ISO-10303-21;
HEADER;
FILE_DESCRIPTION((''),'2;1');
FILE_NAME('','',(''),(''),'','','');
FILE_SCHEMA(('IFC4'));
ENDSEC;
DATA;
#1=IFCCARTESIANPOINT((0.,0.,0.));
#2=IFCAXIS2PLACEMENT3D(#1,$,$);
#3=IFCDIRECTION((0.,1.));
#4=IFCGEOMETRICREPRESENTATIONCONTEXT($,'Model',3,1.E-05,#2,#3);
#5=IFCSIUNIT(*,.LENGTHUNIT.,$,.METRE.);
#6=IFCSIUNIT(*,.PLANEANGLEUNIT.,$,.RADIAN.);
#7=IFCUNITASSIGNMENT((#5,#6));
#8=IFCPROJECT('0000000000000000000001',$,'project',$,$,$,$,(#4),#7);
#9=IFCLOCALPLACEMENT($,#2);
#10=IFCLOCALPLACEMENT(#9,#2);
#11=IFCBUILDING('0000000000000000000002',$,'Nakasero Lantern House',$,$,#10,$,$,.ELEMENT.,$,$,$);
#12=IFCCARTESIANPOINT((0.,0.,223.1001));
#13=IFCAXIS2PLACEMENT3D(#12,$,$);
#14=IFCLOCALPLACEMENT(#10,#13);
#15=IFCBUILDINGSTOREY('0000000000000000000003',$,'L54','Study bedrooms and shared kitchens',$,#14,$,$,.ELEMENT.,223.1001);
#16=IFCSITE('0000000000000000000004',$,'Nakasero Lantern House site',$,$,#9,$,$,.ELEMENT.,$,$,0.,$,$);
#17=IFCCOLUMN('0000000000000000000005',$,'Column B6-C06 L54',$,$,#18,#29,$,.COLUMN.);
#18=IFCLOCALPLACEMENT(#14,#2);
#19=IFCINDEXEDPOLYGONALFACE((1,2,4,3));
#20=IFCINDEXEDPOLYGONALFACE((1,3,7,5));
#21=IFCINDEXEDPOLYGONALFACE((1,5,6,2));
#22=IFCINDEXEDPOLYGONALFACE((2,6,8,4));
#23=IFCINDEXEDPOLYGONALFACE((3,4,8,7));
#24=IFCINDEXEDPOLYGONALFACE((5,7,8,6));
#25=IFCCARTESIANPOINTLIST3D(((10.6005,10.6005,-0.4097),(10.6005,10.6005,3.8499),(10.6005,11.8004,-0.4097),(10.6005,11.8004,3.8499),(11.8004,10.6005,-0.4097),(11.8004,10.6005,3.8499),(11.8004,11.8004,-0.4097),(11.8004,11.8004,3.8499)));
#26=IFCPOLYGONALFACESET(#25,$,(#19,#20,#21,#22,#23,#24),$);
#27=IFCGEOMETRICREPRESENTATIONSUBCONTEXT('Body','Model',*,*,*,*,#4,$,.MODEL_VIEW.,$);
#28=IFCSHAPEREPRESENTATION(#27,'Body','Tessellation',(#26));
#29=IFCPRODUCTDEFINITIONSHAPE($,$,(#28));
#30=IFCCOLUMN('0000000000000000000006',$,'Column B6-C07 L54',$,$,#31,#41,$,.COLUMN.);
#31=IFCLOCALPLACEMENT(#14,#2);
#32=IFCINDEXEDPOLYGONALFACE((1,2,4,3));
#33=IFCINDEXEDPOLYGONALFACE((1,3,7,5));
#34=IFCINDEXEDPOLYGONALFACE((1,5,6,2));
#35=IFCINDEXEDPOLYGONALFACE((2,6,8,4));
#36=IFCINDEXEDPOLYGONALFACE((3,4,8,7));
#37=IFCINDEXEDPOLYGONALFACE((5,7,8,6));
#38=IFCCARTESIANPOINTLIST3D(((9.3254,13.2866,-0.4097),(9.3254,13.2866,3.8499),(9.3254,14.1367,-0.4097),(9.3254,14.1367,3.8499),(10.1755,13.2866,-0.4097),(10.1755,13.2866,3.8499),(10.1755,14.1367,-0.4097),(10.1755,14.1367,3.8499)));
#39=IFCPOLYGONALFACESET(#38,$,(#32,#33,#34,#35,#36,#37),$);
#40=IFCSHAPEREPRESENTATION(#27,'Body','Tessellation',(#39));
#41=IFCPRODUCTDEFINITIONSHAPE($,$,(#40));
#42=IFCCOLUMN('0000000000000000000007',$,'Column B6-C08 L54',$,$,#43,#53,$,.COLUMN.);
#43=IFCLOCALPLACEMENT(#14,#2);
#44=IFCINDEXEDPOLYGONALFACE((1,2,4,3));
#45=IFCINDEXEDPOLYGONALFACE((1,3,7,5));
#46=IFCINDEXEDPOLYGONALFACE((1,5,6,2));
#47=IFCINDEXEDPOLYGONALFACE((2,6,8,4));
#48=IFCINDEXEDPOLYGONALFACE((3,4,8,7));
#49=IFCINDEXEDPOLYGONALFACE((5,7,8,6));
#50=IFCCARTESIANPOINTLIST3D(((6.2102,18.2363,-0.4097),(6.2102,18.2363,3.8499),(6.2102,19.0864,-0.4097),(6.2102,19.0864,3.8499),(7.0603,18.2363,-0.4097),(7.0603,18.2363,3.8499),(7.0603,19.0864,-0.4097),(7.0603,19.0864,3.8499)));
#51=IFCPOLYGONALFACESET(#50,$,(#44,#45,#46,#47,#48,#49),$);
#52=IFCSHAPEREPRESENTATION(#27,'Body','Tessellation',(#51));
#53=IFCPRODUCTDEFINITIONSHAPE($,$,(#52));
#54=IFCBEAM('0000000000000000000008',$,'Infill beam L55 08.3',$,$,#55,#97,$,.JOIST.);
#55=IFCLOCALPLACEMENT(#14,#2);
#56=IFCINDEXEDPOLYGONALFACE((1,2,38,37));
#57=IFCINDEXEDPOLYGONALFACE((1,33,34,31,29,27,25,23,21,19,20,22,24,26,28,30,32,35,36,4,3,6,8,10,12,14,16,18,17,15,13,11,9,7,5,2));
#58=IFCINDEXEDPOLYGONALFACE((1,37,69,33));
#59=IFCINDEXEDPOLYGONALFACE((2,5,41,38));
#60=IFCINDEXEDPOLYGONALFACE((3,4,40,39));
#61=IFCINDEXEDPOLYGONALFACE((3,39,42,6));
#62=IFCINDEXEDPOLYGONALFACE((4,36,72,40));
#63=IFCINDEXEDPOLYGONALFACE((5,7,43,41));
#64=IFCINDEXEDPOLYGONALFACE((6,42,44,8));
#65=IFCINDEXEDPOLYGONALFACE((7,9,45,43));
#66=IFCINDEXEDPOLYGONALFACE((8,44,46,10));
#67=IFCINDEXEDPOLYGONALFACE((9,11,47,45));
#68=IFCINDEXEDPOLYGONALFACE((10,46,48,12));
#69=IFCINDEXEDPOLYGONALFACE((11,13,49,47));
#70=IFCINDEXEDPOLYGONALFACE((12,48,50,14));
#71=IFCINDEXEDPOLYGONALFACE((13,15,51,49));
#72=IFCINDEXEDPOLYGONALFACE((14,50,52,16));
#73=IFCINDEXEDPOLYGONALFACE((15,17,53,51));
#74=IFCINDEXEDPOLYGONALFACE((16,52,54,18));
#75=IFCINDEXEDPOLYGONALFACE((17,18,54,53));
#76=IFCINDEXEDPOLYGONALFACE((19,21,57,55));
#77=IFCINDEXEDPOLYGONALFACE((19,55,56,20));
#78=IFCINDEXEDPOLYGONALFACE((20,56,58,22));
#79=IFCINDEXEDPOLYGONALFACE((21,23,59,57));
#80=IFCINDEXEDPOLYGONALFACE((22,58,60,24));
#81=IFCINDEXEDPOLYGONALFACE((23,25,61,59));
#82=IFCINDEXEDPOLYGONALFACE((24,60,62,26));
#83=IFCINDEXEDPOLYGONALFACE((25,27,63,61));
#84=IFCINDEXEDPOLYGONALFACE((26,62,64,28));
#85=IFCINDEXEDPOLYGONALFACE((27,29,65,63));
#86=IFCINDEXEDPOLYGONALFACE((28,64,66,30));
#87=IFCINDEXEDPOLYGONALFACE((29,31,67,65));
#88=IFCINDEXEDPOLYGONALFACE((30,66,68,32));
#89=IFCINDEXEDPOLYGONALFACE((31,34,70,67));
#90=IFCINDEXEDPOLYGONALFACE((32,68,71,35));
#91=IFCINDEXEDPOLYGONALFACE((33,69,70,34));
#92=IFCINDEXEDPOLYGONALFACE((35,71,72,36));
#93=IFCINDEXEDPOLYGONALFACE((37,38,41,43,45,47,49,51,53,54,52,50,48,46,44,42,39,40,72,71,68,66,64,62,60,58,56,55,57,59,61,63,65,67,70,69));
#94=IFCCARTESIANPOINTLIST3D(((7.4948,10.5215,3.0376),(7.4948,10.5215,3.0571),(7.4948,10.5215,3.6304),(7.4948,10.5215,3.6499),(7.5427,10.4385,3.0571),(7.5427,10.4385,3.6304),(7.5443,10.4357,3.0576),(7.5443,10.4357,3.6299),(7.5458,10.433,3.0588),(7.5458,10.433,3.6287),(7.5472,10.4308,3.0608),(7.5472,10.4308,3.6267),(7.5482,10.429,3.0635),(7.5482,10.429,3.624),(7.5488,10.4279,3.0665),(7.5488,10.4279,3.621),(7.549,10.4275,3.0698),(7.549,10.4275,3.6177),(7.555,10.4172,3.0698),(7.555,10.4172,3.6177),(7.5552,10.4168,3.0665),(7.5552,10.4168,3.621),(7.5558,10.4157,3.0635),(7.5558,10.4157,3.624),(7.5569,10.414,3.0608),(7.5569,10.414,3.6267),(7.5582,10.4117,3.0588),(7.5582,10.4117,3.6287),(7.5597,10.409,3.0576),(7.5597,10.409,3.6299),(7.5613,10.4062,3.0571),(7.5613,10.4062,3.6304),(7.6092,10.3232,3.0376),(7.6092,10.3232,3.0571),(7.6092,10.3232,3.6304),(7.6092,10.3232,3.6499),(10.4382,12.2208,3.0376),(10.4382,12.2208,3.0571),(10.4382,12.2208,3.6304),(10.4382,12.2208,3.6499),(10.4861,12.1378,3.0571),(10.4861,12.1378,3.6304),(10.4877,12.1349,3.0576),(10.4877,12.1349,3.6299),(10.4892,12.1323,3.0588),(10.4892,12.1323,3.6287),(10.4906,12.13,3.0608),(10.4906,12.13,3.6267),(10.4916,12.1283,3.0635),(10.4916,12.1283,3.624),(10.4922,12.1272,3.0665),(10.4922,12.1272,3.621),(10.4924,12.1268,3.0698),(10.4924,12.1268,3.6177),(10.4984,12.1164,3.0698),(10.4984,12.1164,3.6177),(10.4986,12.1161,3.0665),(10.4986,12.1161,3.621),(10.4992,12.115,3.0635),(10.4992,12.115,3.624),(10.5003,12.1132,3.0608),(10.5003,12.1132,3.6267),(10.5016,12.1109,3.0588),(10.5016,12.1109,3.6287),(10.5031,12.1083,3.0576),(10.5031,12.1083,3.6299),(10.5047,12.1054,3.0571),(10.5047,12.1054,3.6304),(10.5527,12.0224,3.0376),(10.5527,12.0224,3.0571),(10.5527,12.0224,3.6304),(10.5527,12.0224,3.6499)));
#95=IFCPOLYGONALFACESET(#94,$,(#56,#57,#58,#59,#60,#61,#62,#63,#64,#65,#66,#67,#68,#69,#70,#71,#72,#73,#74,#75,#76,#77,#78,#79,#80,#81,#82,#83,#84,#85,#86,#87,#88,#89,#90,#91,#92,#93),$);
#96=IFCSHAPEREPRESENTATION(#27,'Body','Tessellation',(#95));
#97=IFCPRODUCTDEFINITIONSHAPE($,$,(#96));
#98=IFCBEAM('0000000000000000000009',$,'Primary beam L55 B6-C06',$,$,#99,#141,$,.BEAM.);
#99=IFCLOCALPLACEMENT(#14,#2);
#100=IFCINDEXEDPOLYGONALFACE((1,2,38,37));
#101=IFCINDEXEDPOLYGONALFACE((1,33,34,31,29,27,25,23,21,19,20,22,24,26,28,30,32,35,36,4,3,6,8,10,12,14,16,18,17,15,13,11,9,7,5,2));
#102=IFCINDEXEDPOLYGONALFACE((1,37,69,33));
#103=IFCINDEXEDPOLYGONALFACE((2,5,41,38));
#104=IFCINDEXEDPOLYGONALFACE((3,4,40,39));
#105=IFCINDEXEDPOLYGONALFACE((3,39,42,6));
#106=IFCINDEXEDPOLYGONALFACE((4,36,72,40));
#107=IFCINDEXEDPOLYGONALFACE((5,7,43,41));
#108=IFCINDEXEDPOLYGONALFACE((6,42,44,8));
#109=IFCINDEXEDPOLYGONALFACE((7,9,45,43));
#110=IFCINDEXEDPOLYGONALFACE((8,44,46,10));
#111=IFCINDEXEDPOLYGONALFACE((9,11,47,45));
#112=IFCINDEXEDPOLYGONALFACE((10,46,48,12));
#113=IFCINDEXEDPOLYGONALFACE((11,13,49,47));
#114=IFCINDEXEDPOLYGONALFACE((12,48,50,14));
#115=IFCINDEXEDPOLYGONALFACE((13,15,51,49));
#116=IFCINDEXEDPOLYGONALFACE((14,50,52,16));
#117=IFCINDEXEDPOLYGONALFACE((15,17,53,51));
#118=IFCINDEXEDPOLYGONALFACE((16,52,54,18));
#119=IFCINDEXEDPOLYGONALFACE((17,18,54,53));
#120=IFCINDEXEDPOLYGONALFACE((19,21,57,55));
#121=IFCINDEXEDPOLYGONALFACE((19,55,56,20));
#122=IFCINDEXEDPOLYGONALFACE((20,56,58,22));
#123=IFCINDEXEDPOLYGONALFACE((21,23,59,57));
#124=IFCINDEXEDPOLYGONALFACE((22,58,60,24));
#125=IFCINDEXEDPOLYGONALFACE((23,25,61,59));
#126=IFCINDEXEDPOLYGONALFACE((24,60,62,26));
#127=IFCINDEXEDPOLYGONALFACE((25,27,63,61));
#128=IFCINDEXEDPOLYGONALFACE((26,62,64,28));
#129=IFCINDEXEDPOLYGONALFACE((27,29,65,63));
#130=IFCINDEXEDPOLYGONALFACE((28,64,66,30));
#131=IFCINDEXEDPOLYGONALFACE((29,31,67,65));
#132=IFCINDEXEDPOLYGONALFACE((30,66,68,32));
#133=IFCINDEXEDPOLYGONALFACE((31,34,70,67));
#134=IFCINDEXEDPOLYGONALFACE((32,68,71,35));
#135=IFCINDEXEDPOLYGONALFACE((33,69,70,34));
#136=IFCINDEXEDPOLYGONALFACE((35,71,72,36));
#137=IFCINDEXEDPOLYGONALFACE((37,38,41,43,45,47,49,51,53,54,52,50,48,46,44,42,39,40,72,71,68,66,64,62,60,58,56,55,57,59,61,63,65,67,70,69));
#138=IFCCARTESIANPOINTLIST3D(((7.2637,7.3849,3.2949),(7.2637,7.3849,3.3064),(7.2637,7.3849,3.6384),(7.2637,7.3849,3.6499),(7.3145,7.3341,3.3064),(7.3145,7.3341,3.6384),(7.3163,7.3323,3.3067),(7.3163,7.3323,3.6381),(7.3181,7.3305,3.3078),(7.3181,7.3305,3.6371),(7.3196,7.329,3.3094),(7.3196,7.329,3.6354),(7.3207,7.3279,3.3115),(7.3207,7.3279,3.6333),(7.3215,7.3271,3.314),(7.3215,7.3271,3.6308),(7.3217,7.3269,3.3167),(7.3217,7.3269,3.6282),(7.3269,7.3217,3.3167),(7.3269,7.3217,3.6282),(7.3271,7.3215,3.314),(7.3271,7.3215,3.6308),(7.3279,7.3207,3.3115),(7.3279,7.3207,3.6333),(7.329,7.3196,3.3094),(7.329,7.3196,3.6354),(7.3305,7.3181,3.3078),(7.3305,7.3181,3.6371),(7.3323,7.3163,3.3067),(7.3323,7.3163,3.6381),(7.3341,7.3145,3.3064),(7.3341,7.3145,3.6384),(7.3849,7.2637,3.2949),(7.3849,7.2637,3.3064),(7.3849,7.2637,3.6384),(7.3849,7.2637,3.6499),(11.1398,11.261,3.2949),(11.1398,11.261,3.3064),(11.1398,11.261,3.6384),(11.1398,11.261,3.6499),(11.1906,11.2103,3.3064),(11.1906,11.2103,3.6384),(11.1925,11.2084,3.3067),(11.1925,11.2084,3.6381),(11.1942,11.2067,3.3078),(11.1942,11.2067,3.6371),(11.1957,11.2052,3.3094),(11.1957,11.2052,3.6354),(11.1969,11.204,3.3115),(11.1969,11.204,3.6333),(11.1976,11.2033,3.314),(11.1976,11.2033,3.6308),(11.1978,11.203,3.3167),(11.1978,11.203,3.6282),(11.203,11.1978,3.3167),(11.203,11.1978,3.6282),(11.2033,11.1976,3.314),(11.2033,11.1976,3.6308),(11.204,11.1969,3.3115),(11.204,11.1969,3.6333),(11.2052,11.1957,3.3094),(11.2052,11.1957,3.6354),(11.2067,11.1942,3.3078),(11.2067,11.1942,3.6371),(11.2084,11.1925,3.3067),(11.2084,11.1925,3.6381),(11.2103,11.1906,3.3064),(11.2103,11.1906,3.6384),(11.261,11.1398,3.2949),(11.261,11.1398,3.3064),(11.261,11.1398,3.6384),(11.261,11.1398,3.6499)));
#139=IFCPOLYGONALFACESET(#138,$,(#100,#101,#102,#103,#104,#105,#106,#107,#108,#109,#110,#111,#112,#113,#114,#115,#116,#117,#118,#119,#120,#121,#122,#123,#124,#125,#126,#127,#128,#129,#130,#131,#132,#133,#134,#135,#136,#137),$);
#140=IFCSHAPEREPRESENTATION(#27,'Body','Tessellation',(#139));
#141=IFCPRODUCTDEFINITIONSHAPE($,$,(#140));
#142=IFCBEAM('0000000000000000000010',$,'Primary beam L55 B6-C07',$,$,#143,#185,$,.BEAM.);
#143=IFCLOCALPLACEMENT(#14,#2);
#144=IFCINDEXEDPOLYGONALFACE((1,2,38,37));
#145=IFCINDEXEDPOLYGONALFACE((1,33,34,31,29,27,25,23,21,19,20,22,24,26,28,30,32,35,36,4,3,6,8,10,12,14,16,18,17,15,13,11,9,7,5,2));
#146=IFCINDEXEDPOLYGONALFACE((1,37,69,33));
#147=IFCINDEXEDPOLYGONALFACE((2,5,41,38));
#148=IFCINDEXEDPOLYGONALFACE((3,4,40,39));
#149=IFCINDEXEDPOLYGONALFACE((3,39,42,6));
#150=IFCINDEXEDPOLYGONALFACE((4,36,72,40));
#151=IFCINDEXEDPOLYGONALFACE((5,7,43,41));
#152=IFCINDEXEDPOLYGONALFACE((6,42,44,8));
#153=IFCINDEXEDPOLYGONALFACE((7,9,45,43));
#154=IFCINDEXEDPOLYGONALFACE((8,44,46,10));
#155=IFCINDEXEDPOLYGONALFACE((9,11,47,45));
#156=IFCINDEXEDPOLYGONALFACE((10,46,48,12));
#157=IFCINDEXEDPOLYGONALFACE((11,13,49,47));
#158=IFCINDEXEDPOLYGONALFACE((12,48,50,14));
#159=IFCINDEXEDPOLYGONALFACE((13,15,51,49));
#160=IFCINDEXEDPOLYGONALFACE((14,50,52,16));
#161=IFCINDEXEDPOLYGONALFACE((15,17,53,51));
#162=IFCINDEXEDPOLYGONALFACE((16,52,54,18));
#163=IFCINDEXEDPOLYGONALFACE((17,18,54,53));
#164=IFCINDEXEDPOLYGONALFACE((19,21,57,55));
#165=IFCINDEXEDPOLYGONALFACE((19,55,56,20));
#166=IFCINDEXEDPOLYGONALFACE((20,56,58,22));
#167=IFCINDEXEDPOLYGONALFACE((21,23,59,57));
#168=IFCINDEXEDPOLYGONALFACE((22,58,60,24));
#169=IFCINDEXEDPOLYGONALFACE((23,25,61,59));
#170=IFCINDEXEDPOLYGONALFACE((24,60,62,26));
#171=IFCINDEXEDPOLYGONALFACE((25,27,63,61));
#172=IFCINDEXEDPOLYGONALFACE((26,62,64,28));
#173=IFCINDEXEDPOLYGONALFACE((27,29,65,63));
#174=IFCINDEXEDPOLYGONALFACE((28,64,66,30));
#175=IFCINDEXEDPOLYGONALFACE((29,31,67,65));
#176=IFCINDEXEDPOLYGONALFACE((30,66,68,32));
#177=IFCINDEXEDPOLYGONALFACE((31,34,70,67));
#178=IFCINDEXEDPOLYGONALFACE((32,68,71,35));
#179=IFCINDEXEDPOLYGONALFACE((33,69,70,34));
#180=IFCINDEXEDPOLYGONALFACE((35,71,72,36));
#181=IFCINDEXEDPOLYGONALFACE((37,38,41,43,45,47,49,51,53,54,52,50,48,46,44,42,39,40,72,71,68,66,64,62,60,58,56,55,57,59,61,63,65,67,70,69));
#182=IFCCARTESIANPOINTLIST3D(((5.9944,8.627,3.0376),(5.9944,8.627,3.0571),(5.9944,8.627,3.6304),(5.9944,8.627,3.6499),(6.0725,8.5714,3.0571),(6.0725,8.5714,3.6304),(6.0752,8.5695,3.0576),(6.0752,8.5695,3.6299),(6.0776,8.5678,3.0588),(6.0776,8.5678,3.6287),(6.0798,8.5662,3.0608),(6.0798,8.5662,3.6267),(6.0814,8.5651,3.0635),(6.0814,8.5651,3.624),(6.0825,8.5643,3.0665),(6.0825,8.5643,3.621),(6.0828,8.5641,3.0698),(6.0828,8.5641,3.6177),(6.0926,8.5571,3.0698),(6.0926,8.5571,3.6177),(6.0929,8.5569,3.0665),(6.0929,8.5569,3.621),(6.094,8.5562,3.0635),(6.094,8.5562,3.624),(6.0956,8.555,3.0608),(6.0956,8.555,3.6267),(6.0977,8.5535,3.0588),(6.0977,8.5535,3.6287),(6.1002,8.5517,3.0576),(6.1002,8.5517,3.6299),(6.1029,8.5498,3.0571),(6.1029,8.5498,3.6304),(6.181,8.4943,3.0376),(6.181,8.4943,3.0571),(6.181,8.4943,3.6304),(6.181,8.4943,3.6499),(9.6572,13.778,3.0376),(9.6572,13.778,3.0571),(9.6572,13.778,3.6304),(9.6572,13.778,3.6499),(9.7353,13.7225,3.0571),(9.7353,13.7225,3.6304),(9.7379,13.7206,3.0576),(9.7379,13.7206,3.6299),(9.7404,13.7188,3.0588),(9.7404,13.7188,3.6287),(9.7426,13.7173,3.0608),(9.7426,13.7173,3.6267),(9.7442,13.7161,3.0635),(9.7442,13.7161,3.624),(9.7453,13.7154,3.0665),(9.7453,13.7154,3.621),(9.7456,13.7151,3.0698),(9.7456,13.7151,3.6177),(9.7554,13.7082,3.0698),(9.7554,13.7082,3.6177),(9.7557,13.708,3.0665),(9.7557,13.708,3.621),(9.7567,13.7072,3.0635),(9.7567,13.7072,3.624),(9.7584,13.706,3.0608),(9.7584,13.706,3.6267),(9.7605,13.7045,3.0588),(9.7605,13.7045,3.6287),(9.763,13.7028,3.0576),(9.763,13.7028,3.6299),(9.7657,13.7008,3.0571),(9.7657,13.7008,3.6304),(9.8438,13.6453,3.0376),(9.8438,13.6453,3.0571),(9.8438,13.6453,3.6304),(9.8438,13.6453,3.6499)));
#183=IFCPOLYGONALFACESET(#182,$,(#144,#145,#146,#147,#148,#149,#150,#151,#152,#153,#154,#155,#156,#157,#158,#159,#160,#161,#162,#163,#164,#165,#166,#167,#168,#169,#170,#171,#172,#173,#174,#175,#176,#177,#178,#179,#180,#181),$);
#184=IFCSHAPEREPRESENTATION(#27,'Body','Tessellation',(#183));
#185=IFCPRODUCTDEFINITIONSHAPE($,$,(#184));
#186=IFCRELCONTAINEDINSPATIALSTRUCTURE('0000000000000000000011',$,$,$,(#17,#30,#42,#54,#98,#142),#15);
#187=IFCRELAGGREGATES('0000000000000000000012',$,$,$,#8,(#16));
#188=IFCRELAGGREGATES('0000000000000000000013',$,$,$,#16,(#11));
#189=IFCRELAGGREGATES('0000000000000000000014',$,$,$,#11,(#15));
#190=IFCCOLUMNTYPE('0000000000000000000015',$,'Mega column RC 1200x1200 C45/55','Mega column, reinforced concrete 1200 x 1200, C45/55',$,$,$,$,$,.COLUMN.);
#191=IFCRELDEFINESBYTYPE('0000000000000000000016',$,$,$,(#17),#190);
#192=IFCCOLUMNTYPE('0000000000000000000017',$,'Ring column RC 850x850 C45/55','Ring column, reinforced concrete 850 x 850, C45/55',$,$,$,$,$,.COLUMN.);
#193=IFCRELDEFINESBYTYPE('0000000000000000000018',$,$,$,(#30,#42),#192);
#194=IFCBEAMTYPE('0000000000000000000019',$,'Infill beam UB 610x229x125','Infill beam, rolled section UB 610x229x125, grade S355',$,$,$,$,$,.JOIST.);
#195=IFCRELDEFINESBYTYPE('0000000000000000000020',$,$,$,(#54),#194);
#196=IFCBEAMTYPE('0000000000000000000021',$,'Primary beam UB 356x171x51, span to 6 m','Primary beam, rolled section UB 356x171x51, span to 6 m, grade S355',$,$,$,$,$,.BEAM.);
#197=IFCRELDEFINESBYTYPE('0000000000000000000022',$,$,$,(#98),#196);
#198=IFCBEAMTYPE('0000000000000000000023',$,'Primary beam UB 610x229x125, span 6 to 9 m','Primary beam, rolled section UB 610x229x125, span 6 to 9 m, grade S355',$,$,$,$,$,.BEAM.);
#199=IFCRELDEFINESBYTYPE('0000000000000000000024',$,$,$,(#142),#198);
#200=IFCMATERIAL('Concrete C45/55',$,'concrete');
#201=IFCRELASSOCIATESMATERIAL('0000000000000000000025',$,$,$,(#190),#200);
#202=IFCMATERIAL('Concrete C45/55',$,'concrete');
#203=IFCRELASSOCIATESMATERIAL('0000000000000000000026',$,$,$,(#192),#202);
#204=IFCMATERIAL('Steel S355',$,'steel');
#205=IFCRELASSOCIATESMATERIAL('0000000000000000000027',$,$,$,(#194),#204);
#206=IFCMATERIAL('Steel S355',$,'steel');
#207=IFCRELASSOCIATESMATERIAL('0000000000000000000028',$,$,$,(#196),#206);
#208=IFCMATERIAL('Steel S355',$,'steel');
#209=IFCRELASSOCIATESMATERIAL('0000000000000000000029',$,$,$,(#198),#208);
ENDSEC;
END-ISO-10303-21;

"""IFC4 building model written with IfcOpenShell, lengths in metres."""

from ifc_helpers import new_model, si_unit, direction, frame, origin, origin_2d, place, context, subcontext, project, spatial, rectangle, i_section, extrude, material, material_profile, profile_set, type_object, element, save


model = new_model("IFC4")

# Units and contexts
model_context = context("Model", 3, precision=1e-05, world=origin(), true_north=direction((0.0, 1.0)))
body_context = subcontext(model_context, "Body", "Model", "MODEL_VIEW")
ifc_project = project(units=[si_unit("LENGTHUNIT", "METRE"), si_unit("PLANEANGLEUNIT", "RADIAN")], contexts=[model_context])

# Site, building, storey
site_placement = place(None, origin())
site = spatial("IfcSite", under=ifc_project, at=site_placement, Name="Nakasero Lantern House site", CompositionType="ELEMENT", RefElevation=0.0)
building_placement = place(site_placement, origin())
building = spatial("IfcBuilding", under=site, at=building_placement, Name="Nakasero Lantern House", CompositionType="ELEMENT")
storey_placement = place(building_placement, frame((0.0, 0.0, 223.1001)))
storey = spatial("IfcBuildingStorey", under=building, at=storey_placement, Name="L54", Description="Study bedrooms and shared kitchens", CompositionType="ELEMENT", Elevation=223.1001)

# Columns
ifc_material_1 = material(Name="Concrete C45/55", Category="concrete")
ifc_material_profile_1 = material_profile(ifc_material_1, rectangle(XDim=1.2, YDim=1.2, at=origin_2d()), Name="RC 1200x1200")
ifc_profile_set_1 = profile_set([ifc_material_profile_1], Name="Concrete C45/55")
column_type_1 = type_object("IfcColumnType", Name="Mega column RC 1200x1200 C45/55", Description="Mega column, reinforced concrete 1200 x 1200, C45/55", PredefinedType="COLUMN", material=ifc_profile_set_1)
column_placement = place(storey_placement, frame((11.2004, 11.2004, -0.4097), z_axis=(0.0, 0.0, 1.0), x_axis=(1.0, 0.0, 0.0)))
element("IfcColumn", 1, at=column_placement, inside=storey, type_object=column_type_1, Name="Column B6-C06 L54", PredefinedType="COLUMN", context=body_context, shape_type="SweptSolid", body=[
    extrude(rectangle(XDim=1.2, YDim=1.2, at=origin_2d()), origin(), (0.0, 0.0, 1.0), 4.2595),
])
ifc_material_2 = material(Name="Concrete C45/55", Category="concrete")
ifc_material_profile_2 = material_profile(ifc_material_2, rectangle(XDim=0.8501, YDim=0.8501, at=origin_2d()), Name="RC 850x850")
ifc_profile_set_2 = profile_set([ifc_material_profile_2], Name="Concrete C45/55")
column_type_2 = type_object("IfcColumnType", Name="Ring column RC 850x850 C45/55", Description="Ring column, reinforced concrete 850 x 850, C45/55", PredefinedType="COLUMN", material=ifc_profile_set_2)
for number, where, z_axis, x_axis, name in (
    (2, (9.7505, 13.7117, -0.4097), (0.0, 0.0, 1.0), (1.0, 0.0, 0.0), "Column B6-C07 L54"),
    (3, (6.6353, 18.6614, -0.4097), (0.0, 0.0, 1.0), (1.0, 0.0, 0.0), "Column B6-C08 L54"),
):
    element("IfcColumn", number, at=place(storey_placement, frame(where, z_axis=z_axis, x_axis=x_axis)), inside=storey, type_object=column_type_2, Name=name, PredefinedType="COLUMN", context=body_context, shape_type="SweptSolid", body=[
        extrude(rectangle(XDim=0.8501, YDim=0.8501, at=origin_2d()), origin(), (0.0, 0.0, 1.0), 4.2595),
    ])

# Beams
ifc_material_3 = material(Name="Steel S355", Category="steel")
ifc_material_profile_3 = material_profile(ifc_material_3, i_section(OverallWidth=0.229, OverallDepth=0.6123, WebThickness=0.012, FlangeThickness=0.0195, FilletRadius=0.0127, at=origin_2d()), Name="UB 610x229x125")
ifc_profile_set_3 = profile_set([ifc_material_profile_3], Name="Steel S355")
beam_type_1 = type_object("IfcBeamType", Name="Infill beam UB 610x229x125", Description="Infill beam, rolled section UB 610x229x125, grade S355", PredefinedType="JOIST", material=ifc_profile_set_3)
beam_1_placement = place(storey_placement, frame((7.552, 10.4224, 3.3438), z_axis=(0.866042, 0.499971, 0.0), x_axis=(-0.499971, 0.866042, 0.0)))
element("IfcBeam", 4, at=beam_1_placement, inside=storey, type_object=beam_type_1, Name="Infill beam L55 08.3", PredefinedType="JOIST", context=body_context, shape_type="SweptSolid", body=[
    extrude(i_section(OverallWidth=0.229, OverallDepth=0.6123, WebThickness=0.012, FlangeThickness=0.0195, FilletRadius=0.0127, at=origin_2d()), origin(), (0.0, 0.0, 1.0), 3.3987),
])
ifc_material_4 = material(Name="Steel S355", Category="steel")
ifc_material_profile_4 = material_profile(ifc_material_4, i_section(OverallWidth=0.1714, OverallDepth=0.355, WebThickness=0.0073, FlangeThickness=0.0115, FilletRadius=0.0103, at=origin_2d()), Name="UB 356x171x51")
ifc_profile_set_4 = profile_set([ifc_material_profile_4], Name="Steel S355")
beam_type_2 = type_object("IfcBeamType", Name="Primary beam UB 356x171x51, span to 6 m", Description="Primary beam, rolled section UB 356x171x51, span to 6 m, grade S355", PredefinedType="BEAM", material=ifc_profile_set_4)
beam_2_placement = place(storey_placement, frame((11.2004, 11.2004, 3.4724), z_axis=(-0.707107, -0.707107, 0.0), x_axis=(0.707107, -0.707107, 0.0)))
element("IfcBeam", 5, at=beam_2_placement, inside=storey, type_object=beam_type_2, Name="Primary beam L55 B6-C06", PredefinedType="BEAM", context=body_context, shape_type="SweptSolid", body=[
    extrude(i_section(OverallWidth=0.1714, OverallDepth=0.355, WebThickness=0.0073, FlangeThickness=0.0115, FilletRadius=0.0103, at=origin_2d()), origin(), (0.0, 0.0, 1.0), 5.4817),
])
ifc_material_5 = material(Name="Steel S355", Category="steel")
ifc_material_profile_5 = material_profile(ifc_material_5, i_section(OverallWidth=0.229, OverallDepth=0.6123, WebThickness=0.012, FlangeThickness=0.0195, FilletRadius=0.0127, at=origin_2d()), Name="UB 610x229x125")
ifc_profile_set_5 = profile_set([ifc_material_profile_5], Name="Steel S355")
beam_type_3 = type_object("IfcBeamType", Name="Primary beam UB 610x229x125, span 6 to 9 m", Description="Primary beam, rolled section UB 610x229x125, span 6 to 9 m, grade S355", PredefinedType="BEAM", material=ifc_profile_set_5)
beam_3_placement = place(storey_placement, frame((9.7505, 13.7117, 3.3438), z_axis=(-0.579505, -0.814969, 0.0), x_axis=(0.814969, -0.579505, 0.0)))
element("IfcBeam", 6, at=beam_3_placement, inside=storey, type_object=beam_type_3, Name="Primary beam L55 B6-C07", PredefinedType="BEAM", context=body_context, shape_type="SweptSolid", body=[
    extrude(i_section(OverallWidth=0.229, OverallDepth=0.6123, WebThickness=0.012, FlangeThickness=0.0195, FilletRadius=0.0127, at=origin_2d()), origin(), (0.0, 0.0, 1.0), 6.3206),
])

save(model, "model.ifc")
